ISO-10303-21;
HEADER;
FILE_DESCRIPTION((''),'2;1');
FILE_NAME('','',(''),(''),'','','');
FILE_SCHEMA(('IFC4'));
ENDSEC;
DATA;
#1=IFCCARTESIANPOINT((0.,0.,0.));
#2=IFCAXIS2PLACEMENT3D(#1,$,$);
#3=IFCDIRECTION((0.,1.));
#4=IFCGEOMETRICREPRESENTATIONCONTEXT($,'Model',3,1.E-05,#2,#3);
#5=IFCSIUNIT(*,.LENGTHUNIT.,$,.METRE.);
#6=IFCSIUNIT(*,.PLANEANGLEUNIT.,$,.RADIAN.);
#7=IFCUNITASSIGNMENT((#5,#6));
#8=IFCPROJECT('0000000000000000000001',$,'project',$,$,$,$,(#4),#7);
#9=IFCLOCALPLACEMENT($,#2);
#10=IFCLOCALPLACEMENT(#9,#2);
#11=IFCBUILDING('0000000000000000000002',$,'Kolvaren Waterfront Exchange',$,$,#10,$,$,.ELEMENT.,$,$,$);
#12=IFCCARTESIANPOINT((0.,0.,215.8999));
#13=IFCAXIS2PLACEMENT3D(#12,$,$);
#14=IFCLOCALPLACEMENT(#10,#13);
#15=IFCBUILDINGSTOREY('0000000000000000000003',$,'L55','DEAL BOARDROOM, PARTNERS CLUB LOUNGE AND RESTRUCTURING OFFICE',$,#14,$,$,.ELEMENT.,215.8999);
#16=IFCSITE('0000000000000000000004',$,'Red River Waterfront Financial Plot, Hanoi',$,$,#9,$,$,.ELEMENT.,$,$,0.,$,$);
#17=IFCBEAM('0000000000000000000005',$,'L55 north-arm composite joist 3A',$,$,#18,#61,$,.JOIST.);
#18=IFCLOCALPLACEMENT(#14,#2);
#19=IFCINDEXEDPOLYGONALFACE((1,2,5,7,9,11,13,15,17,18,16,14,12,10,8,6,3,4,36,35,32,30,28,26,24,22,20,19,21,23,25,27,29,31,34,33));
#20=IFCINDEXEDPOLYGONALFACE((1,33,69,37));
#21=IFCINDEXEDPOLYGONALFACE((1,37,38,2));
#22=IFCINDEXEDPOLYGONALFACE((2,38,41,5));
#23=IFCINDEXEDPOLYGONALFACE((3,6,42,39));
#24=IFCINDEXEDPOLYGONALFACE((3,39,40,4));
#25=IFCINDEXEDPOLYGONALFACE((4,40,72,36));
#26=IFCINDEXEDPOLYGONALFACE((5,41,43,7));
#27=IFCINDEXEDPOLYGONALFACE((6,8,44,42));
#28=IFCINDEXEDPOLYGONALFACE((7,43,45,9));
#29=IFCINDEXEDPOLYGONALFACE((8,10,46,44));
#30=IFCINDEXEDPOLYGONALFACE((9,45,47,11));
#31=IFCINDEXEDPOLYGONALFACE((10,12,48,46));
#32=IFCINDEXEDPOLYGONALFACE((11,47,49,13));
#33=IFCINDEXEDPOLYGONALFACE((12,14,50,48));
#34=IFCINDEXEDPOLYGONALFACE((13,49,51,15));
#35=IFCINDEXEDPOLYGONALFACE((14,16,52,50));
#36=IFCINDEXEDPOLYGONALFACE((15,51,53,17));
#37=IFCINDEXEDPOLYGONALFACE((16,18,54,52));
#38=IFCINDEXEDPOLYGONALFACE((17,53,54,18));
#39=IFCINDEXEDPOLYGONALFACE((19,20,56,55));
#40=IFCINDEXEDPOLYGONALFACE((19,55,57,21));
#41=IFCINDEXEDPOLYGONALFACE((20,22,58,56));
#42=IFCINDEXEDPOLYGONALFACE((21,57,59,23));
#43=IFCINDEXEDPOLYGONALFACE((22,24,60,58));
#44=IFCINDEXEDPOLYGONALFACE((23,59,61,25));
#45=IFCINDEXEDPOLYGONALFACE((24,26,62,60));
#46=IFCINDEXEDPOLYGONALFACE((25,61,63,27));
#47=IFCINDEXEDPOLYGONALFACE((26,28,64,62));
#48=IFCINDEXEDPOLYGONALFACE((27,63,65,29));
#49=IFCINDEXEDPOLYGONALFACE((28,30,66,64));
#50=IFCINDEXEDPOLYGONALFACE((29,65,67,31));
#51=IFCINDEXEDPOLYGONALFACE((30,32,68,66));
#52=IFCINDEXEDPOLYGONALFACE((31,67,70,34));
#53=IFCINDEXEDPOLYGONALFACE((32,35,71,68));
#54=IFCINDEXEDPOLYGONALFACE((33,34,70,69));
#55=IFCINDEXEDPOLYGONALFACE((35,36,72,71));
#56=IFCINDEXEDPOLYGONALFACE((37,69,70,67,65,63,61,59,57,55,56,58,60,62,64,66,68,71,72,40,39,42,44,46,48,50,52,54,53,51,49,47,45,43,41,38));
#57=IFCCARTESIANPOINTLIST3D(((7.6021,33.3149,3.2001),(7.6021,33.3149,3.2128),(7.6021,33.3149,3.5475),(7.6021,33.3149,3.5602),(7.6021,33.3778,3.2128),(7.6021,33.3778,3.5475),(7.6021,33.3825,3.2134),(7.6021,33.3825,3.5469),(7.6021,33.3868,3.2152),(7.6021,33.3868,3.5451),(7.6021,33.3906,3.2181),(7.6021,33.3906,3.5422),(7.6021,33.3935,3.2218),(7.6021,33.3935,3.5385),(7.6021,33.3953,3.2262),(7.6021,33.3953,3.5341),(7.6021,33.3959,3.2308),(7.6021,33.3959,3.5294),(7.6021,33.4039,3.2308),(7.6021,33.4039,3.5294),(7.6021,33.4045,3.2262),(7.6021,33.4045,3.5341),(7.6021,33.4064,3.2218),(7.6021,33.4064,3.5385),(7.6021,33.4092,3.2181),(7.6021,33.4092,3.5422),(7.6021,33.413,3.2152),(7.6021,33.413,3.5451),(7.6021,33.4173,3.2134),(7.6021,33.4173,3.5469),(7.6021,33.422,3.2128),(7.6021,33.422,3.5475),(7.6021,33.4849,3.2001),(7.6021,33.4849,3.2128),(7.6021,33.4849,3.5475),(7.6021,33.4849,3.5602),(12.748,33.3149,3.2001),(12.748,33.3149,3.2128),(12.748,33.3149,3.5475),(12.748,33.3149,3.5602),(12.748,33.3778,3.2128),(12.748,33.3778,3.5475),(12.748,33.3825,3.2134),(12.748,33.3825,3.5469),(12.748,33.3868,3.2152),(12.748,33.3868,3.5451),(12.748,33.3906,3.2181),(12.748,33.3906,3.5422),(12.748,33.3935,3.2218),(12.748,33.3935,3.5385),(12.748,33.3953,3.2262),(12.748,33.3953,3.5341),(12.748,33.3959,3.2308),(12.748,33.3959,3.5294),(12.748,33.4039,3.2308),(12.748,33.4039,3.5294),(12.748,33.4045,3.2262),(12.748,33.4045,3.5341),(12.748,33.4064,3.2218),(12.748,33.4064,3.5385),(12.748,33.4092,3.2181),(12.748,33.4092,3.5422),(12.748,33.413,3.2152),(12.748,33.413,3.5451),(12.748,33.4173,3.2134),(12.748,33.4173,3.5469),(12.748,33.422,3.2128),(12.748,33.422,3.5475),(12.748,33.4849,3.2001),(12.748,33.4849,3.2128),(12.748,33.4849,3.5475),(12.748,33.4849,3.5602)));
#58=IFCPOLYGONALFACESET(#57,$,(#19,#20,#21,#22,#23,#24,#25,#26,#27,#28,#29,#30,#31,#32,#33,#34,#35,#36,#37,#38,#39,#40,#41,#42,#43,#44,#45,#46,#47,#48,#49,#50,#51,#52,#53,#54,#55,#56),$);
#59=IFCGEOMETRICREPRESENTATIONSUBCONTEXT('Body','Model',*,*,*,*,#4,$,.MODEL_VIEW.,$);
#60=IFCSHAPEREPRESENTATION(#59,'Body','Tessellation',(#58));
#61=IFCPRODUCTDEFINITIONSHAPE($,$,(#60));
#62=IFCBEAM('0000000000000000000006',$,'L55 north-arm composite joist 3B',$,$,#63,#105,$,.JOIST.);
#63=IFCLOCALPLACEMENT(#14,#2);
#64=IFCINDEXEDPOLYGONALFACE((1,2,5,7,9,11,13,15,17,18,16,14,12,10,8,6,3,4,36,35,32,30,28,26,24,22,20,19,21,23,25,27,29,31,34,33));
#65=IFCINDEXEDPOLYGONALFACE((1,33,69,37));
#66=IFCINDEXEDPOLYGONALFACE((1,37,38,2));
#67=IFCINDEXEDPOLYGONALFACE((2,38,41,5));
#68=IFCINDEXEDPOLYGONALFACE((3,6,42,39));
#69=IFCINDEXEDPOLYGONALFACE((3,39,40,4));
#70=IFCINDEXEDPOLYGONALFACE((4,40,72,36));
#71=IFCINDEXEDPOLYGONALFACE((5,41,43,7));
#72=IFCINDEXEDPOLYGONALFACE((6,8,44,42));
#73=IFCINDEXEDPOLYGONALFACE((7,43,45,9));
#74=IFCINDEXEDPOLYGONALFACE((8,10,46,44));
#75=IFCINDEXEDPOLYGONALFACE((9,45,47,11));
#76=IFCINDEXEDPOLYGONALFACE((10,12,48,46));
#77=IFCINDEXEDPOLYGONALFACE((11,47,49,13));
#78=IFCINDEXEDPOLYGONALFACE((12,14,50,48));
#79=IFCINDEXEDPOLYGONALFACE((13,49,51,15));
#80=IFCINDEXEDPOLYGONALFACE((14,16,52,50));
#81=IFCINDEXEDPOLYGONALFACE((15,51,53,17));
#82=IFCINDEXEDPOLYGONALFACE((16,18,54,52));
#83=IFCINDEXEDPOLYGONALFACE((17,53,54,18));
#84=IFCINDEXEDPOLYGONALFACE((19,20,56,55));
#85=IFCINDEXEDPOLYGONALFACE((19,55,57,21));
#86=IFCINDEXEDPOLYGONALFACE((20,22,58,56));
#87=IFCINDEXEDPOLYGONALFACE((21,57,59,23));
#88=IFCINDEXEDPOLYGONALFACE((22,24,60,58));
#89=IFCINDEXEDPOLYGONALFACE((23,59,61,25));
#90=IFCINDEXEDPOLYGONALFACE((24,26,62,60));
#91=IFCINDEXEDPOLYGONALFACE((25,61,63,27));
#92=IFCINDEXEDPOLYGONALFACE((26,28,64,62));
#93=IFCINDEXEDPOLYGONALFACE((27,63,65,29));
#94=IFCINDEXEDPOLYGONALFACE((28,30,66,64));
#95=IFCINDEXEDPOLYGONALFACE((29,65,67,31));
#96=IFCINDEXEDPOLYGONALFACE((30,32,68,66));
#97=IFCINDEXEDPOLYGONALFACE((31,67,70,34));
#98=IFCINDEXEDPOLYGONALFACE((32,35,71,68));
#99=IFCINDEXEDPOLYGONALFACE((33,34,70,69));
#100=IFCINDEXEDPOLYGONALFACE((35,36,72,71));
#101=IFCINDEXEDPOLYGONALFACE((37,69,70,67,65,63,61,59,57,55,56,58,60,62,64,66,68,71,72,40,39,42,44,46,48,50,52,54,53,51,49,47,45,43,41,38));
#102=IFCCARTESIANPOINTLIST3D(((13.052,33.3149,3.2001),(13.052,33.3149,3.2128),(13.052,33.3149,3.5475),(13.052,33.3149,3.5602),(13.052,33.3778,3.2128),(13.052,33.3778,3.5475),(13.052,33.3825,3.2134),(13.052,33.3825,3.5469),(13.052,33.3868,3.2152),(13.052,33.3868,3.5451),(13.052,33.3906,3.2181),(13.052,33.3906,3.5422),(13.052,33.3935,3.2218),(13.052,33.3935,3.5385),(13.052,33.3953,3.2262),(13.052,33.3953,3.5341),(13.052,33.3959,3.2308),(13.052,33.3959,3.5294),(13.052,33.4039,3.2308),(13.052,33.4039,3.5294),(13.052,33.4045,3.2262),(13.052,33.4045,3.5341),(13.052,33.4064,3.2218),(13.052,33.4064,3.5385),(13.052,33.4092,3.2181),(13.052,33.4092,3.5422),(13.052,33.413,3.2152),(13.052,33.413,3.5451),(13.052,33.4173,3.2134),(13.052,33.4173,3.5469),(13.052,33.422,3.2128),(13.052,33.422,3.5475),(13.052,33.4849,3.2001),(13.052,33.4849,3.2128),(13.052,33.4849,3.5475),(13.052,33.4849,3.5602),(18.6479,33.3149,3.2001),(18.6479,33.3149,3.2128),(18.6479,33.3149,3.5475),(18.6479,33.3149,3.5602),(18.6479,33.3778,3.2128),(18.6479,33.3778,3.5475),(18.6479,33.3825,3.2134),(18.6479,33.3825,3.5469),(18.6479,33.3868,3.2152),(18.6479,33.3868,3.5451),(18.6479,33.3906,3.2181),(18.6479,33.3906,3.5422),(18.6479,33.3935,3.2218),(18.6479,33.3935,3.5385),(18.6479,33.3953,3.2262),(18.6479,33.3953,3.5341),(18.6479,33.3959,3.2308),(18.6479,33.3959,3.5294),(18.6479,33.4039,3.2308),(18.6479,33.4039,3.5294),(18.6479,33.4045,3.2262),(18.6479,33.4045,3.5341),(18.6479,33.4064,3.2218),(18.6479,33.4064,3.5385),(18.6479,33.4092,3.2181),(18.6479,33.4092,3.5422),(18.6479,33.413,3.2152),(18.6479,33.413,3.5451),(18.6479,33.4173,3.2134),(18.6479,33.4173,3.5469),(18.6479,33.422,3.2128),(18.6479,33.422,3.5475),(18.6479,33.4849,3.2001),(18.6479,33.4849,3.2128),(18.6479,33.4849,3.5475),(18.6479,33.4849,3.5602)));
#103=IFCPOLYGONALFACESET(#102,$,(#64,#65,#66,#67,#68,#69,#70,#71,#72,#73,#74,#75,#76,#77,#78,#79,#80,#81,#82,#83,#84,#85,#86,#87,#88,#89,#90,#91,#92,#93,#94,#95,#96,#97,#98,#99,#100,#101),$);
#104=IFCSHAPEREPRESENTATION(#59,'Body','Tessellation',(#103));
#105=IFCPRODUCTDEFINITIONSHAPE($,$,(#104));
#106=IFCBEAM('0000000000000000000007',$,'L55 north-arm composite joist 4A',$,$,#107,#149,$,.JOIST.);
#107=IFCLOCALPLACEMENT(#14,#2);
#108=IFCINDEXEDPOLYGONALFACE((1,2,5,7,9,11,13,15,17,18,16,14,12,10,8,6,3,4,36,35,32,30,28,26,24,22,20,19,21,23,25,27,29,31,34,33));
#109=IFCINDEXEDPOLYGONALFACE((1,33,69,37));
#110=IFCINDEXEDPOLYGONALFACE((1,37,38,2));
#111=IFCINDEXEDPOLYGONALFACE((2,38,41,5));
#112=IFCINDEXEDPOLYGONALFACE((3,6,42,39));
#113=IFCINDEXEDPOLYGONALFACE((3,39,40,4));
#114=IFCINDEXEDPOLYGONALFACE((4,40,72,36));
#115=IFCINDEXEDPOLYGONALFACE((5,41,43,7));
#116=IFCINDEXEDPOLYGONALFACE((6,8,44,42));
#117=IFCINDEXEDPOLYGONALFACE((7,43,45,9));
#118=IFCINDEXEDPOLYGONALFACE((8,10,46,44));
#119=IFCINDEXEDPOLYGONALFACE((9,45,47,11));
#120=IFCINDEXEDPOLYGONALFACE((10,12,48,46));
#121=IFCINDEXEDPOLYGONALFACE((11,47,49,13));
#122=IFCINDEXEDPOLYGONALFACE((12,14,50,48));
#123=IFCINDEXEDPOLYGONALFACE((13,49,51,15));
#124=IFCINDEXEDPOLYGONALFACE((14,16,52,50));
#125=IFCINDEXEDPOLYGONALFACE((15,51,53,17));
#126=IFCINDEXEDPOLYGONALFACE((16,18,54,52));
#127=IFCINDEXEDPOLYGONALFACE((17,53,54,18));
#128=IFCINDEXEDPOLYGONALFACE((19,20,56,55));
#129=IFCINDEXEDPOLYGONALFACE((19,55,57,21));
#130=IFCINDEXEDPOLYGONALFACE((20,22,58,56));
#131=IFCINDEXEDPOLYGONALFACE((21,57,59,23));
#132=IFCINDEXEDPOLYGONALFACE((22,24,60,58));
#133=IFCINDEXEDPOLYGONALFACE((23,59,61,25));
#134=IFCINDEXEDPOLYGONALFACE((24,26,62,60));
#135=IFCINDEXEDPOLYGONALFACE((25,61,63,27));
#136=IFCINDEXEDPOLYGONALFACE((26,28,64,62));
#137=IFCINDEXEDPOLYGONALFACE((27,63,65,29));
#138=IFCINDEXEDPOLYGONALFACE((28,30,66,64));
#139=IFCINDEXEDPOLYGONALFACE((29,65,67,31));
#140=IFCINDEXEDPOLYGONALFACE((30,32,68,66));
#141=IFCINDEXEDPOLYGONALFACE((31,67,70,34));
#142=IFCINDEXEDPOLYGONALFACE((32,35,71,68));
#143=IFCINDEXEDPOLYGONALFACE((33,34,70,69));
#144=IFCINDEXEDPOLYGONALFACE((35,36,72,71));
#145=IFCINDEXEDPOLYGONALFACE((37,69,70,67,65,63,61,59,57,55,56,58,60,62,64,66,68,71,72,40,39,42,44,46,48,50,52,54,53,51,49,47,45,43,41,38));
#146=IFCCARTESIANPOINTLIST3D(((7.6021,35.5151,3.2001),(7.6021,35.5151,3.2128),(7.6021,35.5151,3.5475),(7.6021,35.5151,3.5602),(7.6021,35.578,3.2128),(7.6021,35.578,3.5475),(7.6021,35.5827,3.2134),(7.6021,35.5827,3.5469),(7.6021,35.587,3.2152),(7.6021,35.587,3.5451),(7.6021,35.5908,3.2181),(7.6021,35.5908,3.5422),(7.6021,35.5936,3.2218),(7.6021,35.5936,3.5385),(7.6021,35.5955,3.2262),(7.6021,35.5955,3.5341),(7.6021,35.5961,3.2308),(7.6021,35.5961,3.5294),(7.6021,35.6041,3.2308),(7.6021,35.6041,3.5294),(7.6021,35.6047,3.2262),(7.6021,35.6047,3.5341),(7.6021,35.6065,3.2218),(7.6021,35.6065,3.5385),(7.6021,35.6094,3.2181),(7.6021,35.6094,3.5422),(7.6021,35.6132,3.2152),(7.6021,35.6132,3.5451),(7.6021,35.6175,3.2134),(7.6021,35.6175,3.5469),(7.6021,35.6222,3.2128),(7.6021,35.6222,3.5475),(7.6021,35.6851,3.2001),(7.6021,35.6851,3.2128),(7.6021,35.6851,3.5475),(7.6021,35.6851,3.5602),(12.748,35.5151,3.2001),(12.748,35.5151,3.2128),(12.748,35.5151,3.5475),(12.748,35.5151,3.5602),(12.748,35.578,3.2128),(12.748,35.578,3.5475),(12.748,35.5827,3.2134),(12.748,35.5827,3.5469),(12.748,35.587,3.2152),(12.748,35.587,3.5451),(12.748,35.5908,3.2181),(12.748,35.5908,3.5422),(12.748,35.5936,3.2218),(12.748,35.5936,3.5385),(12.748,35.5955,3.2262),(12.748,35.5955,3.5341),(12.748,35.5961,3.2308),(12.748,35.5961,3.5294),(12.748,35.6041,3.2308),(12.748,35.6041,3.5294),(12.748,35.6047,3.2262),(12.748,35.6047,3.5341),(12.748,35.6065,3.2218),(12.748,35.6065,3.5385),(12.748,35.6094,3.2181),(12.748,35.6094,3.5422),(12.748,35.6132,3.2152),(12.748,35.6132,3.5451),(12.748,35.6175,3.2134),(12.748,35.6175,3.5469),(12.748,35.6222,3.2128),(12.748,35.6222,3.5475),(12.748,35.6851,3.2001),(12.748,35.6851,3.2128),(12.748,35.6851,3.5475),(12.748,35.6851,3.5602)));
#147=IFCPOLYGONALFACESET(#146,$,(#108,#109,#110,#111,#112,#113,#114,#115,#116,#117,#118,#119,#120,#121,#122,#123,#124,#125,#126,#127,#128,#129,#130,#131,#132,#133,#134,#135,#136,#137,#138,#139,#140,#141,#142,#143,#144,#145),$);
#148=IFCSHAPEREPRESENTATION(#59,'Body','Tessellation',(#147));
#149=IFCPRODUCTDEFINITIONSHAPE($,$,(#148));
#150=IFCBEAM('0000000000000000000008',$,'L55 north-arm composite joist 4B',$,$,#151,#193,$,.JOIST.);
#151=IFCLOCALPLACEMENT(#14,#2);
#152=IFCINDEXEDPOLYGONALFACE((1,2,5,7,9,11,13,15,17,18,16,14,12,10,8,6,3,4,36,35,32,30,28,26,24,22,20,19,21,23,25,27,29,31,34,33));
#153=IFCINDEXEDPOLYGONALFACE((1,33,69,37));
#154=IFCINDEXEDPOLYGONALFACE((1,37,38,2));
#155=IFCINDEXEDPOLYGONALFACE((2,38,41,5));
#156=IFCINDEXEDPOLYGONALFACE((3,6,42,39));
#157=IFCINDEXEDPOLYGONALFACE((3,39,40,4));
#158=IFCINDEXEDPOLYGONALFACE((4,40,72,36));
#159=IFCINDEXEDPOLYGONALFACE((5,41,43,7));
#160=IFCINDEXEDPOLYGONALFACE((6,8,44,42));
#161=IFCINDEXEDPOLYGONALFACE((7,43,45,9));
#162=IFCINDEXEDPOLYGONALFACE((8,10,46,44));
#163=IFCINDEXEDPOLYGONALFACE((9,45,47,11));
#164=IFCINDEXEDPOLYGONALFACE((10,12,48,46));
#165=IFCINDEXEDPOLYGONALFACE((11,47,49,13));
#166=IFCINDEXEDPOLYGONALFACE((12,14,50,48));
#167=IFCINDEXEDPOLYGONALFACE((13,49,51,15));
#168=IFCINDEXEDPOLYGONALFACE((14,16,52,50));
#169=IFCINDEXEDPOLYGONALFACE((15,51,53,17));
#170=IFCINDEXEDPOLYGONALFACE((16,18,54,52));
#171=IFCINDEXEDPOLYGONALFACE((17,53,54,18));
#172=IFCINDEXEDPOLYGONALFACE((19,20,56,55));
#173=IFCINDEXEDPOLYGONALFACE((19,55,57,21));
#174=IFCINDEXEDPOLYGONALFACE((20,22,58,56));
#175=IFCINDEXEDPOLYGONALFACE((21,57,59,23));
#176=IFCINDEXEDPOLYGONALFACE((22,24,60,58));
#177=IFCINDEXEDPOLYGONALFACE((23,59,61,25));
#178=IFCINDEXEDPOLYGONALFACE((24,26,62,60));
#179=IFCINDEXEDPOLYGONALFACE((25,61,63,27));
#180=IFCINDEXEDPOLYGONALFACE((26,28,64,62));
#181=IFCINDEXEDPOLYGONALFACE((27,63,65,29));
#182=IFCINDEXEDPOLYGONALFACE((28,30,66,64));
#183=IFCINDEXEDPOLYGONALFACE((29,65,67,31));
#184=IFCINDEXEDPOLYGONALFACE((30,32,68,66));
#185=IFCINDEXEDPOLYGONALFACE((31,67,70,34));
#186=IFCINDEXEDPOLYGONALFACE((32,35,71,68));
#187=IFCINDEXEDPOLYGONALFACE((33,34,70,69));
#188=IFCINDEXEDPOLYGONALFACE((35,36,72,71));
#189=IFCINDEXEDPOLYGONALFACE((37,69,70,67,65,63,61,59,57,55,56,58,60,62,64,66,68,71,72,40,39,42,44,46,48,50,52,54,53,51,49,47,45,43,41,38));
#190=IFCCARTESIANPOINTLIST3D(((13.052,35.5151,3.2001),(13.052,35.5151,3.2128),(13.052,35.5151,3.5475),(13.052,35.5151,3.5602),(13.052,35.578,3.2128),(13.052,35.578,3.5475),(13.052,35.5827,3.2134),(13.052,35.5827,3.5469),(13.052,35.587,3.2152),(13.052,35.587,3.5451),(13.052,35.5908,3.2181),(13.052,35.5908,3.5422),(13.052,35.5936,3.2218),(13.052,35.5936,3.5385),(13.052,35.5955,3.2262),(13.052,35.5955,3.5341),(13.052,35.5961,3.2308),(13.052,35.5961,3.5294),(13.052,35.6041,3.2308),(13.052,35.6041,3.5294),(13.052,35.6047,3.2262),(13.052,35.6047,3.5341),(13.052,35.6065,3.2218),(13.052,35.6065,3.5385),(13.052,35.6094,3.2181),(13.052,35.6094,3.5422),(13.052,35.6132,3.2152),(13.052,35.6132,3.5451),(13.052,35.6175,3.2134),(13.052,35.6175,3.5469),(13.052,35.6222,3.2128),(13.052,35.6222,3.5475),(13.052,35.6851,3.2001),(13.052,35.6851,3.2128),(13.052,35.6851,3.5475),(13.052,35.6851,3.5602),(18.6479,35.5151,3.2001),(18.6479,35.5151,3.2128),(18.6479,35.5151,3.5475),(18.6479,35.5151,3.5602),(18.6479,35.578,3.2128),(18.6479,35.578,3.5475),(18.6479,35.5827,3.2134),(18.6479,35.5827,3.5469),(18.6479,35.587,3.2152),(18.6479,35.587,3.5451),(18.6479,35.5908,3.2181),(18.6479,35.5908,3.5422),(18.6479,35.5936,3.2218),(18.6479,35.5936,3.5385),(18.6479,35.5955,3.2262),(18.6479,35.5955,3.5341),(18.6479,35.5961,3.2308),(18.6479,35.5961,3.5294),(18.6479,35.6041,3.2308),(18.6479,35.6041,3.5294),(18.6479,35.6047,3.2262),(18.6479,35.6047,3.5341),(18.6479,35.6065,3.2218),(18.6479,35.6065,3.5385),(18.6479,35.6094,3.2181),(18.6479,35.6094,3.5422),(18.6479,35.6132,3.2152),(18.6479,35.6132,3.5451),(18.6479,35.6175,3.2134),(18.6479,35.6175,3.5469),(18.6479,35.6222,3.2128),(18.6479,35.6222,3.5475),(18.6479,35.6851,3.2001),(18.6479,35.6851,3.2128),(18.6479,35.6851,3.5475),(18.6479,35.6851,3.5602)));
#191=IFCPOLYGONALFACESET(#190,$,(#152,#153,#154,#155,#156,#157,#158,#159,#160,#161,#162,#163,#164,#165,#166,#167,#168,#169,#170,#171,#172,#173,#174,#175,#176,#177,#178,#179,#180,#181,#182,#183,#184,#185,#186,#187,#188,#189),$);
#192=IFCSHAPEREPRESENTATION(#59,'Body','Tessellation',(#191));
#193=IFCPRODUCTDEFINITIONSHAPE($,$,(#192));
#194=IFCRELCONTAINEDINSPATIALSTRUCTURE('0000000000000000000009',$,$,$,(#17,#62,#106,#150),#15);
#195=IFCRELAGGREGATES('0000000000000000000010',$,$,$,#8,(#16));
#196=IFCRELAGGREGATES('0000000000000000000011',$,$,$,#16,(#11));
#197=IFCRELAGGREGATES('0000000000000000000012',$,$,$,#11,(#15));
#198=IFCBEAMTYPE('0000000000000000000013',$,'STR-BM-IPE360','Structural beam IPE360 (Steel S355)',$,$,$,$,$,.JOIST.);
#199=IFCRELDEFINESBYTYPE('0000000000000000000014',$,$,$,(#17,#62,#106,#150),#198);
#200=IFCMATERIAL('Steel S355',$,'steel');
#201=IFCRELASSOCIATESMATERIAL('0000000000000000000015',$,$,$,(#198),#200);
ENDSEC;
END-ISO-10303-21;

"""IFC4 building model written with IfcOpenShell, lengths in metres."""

from ifc_helpers import new_model, si_unit, direction, frame, origin, origin_2d, place, context, subcontext, project, spatial, i_section, extrude, material, material_profile, profile_set, type_object, element, save


model = new_model("IFC4")

# Units and contexts
model_context = context("Model", 3, precision=1e-05, world=origin(), true_north=direction((0.0, 1.0)))
body_context = subcontext(model_context, "Body", "Model", "MODEL_VIEW")
ifc_project = project(units=[si_unit("LENGTHUNIT", "METRE"), si_unit("PLANEANGLEUNIT", "RADIAN")], contexts=[model_context])

# Site, building, storey
site_placement = place(None, origin())
site = spatial("IfcSite", under=ifc_project, at=site_placement, Name="Red River Waterfront Financial Plot, Hanoi", CompositionType="ELEMENT", RefElevation=0.0)
building_placement = place(site_placement, origin())
building = spatial("IfcBuilding", under=site, at=building_placement, Name="Kolvaren Waterfront Exchange", CompositionType="ELEMENT")
storey_placement = place(building_placement, frame((0.0, 0.0, 215.8999)))
storey = spatial("IfcBuildingStorey", under=building, at=storey_placement, Name="L55", Description="DEAL BOARDROOM, PARTNERS CLUB LOUNGE AND RESTRUCTURING OFFICE", CompositionType="ELEMENT", Elevation=215.8999)

# Beams
ifc_material_1 = material(Name="Steel S355", Category="steel")
ifc_material_profile_1 = material_profile(ifc_material_1, i_section(OverallWidth=0.1699, OverallDepth=0.3601, WebThickness=0.0081, FlangeThickness=0.0127, FilletRadius=0.0181, at=origin_2d()), Name="IPE360")
ifc_profile_set_1 = profile_set([ifc_material_profile_1], Name="Steel S355")
beam_type_1 = type_object("IfcBeamType", Name="STR-BM-IPE360", Description="Structural beam IPE360 (Steel S355)", PredefinedType="JOIST", material=ifc_profile_set_1)
beam_1_placement = place(storey_placement, frame((7.6021, 33.3999, 3.3801), z_axis=(1.0, 0.0, 0.0), x_axis=(0.0, 1.0, 0.0)))
element("IfcBeam", 1, at=beam_1_placement, inside=storey, type_object=beam_type_1, Name="L55 north-arm composite joist 3A", PredefinedType="JOIST", context=body_context, shape_type="SweptSolid", body=[
    extrude(i_section(OverallWidth=0.1699, OverallDepth=0.3601, WebThickness=0.0081, FlangeThickness=0.0127, FilletRadius=0.0181, at=origin_2d()), origin(), (0.0, 0.0, 1.0), 5.146),
])
beam_2_placement = place(storey_placement, frame((13.052, 33.3999, 3.3801), z_axis=(1.0, 0.0, 0.0), x_axis=(0.0, 1.0, 0.0)))
element("IfcBeam", 2, at=beam_2_placement, inside=storey, type_object=beam_type_1, Name="L55 north-arm composite joist 3B", PredefinedType="JOIST", context=body_context, shape_type="SweptSolid", body=[
    extrude(i_section(OverallWidth=0.1699, OverallDepth=0.3601, WebThickness=0.0081, FlangeThickness=0.0127, FilletRadius=0.0181, at=origin_2d()), origin(), (0.0, 0.0, 1.0), 5.5959),
])
beam_3_placement = place(storey_placement, frame((7.6021, 35.6001, 3.3801), z_axis=(1.0, 0.0, 0.0), x_axis=(0.0, 1.0, 0.0)))
element("IfcBeam", 3, at=beam_3_placement, inside=storey, type_object=beam_type_1, Name="L55 north-arm composite joist 4A", PredefinedType="JOIST", context=body_context, shape_type="SweptSolid", body=[
    extrude(i_section(OverallWidth=0.1699, OverallDepth=0.3601, WebThickness=0.0081, FlangeThickness=0.0127, FilletRadius=0.0181, at=origin_2d()), origin(), (0.0, 0.0, 1.0), 5.146),
])
beam_4_placement = place(storey_placement, frame((13.052, 35.6001, 3.3801), z_axis=(1.0, 0.0, 0.0), x_axis=(0.0, 1.0, 0.0)))
element("IfcBeam", 4, at=beam_4_placement, inside=storey, type_object=beam_type_1, Name="L55 north-arm composite joist 4B", PredefinedType="JOIST", context=body_context, shape_type="SweptSolid", body=[
    extrude(i_section(OverallWidth=0.1699, OverallDepth=0.3601, WebThickness=0.0081, FlangeThickness=0.0127, FilletRadius=0.0181, at=origin_2d()), origin(), (0.0, 0.0, 1.0), 5.5959),
])

save(model, "model.ifc")
